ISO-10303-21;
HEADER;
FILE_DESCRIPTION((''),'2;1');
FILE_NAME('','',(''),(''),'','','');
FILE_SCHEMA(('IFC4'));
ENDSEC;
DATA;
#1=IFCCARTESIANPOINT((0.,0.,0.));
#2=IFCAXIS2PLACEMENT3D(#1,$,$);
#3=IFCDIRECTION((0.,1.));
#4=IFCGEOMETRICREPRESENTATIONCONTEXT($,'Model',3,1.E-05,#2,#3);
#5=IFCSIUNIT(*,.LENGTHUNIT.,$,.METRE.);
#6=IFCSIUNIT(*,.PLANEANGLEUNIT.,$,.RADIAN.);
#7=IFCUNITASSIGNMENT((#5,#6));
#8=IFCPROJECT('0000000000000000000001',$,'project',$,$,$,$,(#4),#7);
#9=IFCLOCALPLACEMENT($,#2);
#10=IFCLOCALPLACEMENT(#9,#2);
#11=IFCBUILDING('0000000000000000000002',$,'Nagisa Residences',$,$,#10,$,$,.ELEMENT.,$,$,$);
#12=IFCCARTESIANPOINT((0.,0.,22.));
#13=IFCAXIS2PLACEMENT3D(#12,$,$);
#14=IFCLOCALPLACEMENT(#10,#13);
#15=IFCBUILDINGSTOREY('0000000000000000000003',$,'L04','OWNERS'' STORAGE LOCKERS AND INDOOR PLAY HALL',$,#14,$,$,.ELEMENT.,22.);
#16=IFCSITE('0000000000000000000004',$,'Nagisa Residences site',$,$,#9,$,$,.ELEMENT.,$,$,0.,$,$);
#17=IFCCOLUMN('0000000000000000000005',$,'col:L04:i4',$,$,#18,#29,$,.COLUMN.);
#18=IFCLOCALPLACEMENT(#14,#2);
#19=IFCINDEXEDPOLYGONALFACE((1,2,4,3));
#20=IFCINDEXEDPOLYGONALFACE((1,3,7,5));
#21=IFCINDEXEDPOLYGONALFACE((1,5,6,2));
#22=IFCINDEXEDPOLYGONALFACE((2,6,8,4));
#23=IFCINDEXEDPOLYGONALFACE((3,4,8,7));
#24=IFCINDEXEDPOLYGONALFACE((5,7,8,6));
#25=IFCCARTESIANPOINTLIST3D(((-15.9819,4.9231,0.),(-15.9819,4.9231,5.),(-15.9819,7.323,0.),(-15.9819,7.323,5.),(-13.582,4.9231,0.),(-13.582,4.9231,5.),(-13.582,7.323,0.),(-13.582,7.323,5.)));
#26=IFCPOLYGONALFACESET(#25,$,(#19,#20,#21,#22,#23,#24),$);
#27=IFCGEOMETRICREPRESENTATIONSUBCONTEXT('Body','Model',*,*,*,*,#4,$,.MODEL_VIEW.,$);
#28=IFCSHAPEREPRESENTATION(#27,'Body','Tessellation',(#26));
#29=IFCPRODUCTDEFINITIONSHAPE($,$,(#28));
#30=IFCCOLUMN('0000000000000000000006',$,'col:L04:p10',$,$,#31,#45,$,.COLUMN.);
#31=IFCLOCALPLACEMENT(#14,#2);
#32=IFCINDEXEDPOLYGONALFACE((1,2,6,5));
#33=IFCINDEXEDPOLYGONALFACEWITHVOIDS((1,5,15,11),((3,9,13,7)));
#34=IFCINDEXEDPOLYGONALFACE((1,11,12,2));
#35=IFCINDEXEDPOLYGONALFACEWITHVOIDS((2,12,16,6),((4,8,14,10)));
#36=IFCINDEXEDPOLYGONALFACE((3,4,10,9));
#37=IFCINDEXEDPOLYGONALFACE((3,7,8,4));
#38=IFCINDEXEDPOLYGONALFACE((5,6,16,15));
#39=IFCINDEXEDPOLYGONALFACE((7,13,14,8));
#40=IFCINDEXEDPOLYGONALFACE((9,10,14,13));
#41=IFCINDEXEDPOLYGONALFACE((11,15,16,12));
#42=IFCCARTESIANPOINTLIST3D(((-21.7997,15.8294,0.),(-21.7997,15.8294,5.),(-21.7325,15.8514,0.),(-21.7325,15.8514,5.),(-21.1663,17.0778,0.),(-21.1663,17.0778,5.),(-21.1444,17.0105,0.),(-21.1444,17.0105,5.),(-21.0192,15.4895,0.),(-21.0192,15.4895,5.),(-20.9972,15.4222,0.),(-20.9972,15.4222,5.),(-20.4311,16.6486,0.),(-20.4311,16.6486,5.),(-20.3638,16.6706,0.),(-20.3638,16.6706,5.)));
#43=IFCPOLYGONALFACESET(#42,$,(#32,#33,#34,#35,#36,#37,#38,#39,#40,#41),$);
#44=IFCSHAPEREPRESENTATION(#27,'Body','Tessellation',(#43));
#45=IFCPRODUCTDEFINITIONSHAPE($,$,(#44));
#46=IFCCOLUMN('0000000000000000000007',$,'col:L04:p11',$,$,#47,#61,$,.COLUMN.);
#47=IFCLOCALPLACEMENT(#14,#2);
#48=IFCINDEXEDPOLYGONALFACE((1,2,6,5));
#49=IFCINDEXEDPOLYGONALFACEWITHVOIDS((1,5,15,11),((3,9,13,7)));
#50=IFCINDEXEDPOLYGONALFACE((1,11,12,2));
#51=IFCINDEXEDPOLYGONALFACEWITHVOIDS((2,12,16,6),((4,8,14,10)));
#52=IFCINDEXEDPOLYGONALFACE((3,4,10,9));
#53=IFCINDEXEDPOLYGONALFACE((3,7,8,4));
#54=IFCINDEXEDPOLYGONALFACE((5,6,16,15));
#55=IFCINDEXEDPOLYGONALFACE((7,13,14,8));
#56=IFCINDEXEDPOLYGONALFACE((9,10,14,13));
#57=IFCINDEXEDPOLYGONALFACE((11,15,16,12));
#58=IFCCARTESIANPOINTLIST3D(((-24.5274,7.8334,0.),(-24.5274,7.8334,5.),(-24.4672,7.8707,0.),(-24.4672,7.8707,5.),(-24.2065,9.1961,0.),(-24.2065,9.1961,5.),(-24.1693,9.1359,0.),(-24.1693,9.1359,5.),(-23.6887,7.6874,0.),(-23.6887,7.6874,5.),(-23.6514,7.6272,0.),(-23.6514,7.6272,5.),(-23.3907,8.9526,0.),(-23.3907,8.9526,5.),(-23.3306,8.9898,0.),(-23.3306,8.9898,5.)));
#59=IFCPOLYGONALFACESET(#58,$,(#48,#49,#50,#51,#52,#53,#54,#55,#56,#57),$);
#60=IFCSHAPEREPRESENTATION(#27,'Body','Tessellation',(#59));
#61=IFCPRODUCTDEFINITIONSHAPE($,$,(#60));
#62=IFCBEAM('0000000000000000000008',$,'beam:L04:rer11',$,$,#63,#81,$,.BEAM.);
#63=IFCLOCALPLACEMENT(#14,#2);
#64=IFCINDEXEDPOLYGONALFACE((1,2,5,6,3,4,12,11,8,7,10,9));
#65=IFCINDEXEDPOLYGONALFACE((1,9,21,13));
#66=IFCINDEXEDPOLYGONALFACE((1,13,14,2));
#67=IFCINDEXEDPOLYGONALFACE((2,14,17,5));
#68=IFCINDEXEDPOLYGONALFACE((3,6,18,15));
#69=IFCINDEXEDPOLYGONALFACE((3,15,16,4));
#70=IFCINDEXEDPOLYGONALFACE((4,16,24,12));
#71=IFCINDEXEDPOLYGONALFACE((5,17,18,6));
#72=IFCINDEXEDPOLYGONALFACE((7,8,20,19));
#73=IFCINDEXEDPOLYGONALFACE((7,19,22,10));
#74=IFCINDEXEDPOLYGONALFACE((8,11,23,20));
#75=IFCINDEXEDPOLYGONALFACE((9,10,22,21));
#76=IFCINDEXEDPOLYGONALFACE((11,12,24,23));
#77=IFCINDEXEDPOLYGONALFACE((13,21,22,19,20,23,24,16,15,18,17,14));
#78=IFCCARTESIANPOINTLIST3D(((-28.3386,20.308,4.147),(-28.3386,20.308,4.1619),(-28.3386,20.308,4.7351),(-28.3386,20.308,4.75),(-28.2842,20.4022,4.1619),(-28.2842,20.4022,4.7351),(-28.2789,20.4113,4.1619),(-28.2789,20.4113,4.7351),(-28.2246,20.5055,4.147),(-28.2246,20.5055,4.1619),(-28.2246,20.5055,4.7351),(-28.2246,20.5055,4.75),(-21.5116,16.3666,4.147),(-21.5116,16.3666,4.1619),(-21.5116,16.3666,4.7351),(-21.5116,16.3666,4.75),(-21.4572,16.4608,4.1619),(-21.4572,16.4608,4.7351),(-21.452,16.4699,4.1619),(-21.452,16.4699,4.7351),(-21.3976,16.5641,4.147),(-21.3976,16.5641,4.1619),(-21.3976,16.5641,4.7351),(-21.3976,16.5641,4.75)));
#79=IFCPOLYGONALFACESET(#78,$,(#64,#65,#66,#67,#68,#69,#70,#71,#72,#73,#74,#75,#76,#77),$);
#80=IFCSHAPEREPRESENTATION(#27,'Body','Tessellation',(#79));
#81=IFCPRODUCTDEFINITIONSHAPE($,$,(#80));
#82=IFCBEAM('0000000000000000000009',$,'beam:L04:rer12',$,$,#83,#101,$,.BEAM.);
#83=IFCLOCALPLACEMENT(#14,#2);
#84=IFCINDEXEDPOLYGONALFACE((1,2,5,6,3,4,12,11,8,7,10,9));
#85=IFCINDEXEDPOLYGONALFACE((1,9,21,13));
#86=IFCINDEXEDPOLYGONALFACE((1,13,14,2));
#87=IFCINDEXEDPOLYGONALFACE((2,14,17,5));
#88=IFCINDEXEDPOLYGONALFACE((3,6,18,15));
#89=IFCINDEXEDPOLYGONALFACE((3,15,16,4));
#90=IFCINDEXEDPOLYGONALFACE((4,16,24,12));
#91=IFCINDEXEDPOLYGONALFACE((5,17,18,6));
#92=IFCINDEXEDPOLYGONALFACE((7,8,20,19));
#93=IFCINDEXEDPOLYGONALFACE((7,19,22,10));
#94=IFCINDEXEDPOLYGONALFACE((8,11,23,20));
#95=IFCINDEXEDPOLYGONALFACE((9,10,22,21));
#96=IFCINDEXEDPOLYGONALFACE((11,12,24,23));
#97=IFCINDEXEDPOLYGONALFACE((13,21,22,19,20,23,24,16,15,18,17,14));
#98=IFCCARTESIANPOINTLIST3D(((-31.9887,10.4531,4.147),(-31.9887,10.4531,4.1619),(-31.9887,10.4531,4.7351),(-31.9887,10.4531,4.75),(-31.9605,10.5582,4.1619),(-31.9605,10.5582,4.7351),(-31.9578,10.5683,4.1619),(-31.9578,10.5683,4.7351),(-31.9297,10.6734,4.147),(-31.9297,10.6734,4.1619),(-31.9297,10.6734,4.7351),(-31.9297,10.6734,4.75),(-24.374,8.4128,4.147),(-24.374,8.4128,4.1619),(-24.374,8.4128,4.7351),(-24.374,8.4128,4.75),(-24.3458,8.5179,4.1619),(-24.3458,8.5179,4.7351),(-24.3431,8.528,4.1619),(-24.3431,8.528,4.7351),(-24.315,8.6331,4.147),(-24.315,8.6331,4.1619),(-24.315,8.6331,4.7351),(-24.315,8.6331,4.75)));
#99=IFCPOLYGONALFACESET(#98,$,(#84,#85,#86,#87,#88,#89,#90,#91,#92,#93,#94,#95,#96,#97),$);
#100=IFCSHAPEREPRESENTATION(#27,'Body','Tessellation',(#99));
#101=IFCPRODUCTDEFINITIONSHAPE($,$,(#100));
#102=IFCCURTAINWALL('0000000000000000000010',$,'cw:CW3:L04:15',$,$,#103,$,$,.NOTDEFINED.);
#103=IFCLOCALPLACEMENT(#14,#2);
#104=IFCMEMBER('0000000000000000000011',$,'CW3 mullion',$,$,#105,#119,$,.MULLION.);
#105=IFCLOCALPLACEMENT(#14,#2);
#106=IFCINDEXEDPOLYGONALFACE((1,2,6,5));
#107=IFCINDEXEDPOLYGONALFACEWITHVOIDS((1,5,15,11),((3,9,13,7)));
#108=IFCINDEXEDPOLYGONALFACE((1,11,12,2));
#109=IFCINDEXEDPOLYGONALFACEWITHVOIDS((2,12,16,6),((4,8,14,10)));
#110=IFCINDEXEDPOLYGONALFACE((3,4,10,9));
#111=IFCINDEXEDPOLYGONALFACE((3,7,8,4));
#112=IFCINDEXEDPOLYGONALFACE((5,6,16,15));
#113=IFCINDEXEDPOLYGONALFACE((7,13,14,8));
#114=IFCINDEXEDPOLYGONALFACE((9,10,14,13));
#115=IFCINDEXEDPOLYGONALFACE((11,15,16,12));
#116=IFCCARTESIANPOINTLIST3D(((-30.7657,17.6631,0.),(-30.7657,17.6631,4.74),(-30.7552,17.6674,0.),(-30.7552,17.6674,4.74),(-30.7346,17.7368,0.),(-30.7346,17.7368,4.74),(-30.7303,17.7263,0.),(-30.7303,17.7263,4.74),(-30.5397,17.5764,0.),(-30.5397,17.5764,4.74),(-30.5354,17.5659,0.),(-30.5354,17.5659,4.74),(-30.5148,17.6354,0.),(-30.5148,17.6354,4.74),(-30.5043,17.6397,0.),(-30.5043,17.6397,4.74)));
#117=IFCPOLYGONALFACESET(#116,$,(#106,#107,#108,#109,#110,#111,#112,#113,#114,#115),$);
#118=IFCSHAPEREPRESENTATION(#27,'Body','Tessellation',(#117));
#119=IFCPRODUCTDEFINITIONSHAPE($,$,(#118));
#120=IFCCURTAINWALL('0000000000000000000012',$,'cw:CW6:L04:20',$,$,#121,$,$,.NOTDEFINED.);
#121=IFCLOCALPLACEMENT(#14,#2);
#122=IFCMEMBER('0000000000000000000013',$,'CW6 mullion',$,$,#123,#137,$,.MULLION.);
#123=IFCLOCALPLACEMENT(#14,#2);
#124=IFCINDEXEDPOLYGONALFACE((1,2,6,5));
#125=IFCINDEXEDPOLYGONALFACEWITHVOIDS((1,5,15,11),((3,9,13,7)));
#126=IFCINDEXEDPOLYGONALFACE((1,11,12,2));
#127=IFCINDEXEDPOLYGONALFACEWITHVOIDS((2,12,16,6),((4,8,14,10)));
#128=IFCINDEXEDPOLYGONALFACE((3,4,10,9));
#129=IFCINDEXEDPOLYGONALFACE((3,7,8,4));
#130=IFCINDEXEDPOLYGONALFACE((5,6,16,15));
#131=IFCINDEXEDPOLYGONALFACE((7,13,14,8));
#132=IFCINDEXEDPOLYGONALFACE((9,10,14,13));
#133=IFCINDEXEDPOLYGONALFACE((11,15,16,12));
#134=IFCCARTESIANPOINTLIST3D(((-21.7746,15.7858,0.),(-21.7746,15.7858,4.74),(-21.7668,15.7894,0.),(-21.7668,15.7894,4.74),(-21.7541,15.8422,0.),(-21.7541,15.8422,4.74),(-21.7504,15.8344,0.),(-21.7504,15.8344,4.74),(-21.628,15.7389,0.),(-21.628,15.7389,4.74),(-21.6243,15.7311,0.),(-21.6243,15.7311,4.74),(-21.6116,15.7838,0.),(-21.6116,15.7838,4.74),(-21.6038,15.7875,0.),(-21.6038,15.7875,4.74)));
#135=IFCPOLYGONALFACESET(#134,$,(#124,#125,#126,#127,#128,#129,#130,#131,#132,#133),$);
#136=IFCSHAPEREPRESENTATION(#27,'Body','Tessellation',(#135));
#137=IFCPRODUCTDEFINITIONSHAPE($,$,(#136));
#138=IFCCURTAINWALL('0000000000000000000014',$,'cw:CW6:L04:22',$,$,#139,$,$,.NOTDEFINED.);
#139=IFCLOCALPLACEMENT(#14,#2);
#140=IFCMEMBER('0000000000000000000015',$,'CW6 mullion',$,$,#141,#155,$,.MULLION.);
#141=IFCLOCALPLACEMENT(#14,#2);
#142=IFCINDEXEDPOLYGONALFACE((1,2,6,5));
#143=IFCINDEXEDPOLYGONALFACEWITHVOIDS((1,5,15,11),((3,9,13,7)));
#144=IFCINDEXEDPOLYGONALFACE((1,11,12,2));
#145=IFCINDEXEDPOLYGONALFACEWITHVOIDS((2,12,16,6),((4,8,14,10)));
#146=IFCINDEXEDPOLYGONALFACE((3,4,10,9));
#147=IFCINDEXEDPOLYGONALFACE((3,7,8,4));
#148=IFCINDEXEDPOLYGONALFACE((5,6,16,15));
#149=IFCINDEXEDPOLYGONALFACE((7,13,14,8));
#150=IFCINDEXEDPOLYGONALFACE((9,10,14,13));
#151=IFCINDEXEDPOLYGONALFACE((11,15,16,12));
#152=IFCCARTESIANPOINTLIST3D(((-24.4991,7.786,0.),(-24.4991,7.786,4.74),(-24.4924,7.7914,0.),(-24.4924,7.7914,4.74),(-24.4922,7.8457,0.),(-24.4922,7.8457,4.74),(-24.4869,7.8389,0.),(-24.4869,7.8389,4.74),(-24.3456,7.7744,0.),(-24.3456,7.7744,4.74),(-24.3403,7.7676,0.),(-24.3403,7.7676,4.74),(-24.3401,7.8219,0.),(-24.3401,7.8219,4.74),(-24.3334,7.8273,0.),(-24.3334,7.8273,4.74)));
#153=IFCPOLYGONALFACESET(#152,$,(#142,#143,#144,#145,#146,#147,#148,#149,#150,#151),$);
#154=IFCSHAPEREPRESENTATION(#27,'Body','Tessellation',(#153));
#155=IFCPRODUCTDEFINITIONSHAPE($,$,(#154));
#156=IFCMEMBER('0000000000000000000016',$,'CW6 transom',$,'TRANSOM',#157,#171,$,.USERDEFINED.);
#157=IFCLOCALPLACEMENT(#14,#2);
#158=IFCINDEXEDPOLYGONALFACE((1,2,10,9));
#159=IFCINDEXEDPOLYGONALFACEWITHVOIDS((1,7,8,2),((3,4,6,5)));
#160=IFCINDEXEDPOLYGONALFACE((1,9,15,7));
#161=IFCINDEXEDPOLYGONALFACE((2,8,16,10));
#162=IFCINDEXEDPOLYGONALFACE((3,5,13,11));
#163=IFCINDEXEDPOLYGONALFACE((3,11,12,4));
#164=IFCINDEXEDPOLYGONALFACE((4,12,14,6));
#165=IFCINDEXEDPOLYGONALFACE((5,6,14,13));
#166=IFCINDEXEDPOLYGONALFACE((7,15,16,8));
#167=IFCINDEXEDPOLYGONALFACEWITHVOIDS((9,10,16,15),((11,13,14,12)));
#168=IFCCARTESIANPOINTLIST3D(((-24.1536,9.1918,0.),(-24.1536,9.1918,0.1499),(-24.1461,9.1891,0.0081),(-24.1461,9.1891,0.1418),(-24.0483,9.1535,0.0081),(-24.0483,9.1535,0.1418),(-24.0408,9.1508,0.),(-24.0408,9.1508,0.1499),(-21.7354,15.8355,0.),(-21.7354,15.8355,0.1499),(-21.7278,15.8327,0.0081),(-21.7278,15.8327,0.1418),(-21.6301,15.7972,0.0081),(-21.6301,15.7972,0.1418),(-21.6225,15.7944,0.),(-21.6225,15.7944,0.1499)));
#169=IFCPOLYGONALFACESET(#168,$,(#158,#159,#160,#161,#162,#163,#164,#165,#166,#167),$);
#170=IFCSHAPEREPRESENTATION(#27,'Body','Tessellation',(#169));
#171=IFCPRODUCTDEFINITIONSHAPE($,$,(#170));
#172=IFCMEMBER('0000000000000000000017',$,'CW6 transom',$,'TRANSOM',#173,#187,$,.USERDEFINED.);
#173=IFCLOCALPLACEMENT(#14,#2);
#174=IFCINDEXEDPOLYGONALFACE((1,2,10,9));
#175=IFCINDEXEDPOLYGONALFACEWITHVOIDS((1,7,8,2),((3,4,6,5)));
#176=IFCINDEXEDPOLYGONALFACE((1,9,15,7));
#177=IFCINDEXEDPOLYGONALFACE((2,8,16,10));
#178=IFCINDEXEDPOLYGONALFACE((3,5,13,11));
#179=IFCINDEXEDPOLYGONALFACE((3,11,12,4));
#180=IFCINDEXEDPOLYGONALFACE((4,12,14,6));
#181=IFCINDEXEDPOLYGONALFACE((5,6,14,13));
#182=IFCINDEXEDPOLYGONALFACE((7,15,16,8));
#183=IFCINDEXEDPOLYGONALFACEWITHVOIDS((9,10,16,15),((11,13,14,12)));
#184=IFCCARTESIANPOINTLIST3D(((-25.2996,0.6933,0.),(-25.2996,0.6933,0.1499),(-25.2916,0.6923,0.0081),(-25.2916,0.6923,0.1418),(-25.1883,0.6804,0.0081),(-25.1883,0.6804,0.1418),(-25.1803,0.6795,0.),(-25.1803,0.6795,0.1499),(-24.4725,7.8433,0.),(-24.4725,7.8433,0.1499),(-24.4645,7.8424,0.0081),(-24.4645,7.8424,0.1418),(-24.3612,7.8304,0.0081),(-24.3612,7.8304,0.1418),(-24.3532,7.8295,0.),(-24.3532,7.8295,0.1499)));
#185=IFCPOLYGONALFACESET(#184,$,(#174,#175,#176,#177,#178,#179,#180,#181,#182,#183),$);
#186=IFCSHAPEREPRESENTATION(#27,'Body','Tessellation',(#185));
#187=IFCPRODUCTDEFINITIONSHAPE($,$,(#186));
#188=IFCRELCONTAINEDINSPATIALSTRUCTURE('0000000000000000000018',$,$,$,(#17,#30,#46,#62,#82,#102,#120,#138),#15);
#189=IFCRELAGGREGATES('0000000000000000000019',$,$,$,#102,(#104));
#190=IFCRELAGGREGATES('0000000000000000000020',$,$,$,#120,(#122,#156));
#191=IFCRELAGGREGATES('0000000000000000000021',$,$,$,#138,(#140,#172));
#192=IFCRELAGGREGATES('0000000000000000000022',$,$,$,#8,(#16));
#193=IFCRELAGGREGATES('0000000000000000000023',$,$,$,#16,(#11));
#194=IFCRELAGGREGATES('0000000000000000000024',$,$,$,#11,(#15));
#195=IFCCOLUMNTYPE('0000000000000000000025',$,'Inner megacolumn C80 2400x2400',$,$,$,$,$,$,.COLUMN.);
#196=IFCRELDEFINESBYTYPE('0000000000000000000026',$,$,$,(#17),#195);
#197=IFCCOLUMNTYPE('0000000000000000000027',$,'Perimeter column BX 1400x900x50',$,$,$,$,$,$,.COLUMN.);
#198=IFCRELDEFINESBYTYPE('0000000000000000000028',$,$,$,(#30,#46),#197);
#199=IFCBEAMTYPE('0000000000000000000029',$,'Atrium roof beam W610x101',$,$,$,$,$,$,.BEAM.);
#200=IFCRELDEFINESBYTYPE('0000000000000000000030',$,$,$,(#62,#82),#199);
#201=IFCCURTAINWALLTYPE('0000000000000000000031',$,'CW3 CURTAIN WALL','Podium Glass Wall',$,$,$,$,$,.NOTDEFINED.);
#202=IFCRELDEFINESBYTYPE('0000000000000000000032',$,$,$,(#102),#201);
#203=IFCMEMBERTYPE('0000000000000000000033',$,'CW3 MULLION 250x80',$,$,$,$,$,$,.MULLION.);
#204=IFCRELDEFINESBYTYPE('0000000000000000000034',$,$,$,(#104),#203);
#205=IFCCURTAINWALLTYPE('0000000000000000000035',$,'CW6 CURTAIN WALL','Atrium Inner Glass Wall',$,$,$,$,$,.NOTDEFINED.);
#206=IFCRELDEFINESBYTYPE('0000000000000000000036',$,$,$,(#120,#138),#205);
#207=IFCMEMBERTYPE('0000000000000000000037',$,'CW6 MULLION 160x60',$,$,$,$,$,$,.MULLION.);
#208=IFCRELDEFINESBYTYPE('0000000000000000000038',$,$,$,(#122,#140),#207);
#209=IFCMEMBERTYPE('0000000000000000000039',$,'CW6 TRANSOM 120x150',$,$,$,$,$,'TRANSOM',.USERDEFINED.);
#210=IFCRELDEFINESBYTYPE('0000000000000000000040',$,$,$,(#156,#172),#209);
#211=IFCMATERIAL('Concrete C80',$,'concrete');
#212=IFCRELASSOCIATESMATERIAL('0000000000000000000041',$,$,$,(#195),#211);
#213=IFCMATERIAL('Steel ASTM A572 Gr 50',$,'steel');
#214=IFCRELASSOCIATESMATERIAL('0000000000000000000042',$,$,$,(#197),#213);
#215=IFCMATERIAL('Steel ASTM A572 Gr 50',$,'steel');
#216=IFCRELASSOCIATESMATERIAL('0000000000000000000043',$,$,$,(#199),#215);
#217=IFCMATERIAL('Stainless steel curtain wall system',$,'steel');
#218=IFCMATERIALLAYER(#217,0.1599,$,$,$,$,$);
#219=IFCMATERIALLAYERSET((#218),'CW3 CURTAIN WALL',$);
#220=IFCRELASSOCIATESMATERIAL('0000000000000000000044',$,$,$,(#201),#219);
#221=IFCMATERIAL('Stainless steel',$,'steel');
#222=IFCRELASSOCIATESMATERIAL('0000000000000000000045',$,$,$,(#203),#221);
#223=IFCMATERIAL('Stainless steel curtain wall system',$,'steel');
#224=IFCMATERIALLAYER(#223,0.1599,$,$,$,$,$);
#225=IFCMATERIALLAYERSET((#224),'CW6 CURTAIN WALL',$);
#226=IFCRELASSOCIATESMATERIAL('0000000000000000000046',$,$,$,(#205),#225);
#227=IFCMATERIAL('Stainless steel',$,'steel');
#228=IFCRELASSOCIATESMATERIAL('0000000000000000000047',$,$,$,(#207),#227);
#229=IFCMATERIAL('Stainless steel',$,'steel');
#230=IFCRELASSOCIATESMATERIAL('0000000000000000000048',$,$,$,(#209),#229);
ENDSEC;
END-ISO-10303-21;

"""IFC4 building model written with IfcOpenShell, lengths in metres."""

from ifc_helpers import new_model, si_unit, direction, frame, origin, origin_2d, place, context, subcontext, project, spatial, rectangle, hollow_rectangle, i_section, extrude, material, layer, layer_set, material_profile, profile_set, type_object, element, aggregate, save


model = new_model("IFC4")

# Units and contexts
model_context = context("Model", 3, precision=1e-05, world=origin(), true_north=direction((0.0, 1.0)))
body_context = subcontext(model_context, "Body", "Model", "MODEL_VIEW")
ifc_project = project(units=[si_unit("LENGTHUNIT", "METRE"), si_unit("PLANEANGLEUNIT", "RADIAN")], contexts=[model_context])

# Site, building, storey
site_placement = place(None, origin())
site = spatial("IfcSite", under=ifc_project, at=site_placement, Name="Nagisa Residences site", CompositionType="ELEMENT", RefElevation=0.0)
building_placement = place(site_placement, origin())
building = spatial("IfcBuilding", under=site, at=building_placement, Name="Nagisa Residences", CompositionType="ELEMENT")
storey_placement = place(building_placement, frame((0.0, 0.0, 22.0)))
storey = spatial("IfcBuildingStorey", under=building, at=storey_placement, Name="L04", Description="OWNERS' STORAGE LOCKERS AND INDOOR PLAY HALL", CompositionType="ELEMENT", Elevation=22.0)

# Columns
ifc_material_1 = material(Name="Concrete C80", Category="concrete")
ifc_material_profile_1 = material_profile(ifc_material_1, rectangle(XDim=2.3999, YDim=2.3999, at=origin_2d()), Name="C80 2400x2400")
ifc_profile_set_1 = profile_set([ifc_material_profile_1], Name="Concrete C80")
column_type_1 = type_object("IfcColumnType", Name="Inner megacolumn C80 2400x2400", PredefinedType="COLUMN", material=ifc_profile_set_1)
column_placement = place(storey_placement, frame((-14.782, 6.123, 0.0), z_axis=(0.0, 0.0, 1.0), x_axis=(1.0, 0.0, 0.0)))
element("IfcColumn", 1, at=column_placement, inside=storey, type_object=column_type_1, Name="col:L04:i4", PredefinedType="COLUMN", context=body_context, shape_type="SweptSolid", body=[
    extrude(rectangle(XDim=2.3999, YDim=2.3999, at=origin_2d()), origin(), (0.0, 0.0, 1.0), 5.0),
])
ifc_material_2 = material(Name="Steel ASTM A572 Gr 50", Category="steel")
ifc_material_profile_2 = material_profile(ifc_material_2, hollow_rectangle(XDim=1.3999, YDim=0.8999, WallThickness=0.05, at=origin_2d()), Name="BX 1400x900x50")
ifc_profile_set_2 = profile_set([ifc_material_profile_2], Name="Steel ASTM A572 Gr 50")
column_type_2 = type_object("IfcColumnType", Name="Perimeter column BX 1400x900x50", PredefinedType="COLUMN", material=ifc_profile_set_2)
for number, where, z_axis, x_axis, name in (
    (2, (-21.0818, 16.25, 0.0), (0.0, 0.0, 1.0), (-0.452463, -0.891783, 0.0), "col:L04:p10"),
    (3, (-23.929, 8.4116, 0.0), (0.0, 0.0, 1.0), (-0.229202, -0.973379, 0.0), "col:L04:p11"),
):
    element("IfcColumn", number, at=place(storey_placement, frame(where, z_axis=z_axis, x_axis=x_axis)), inside=storey, type_object=column_type_2, Name=name, PredefinedType="COLUMN", context=body_context, shape_type="SweptSolid", body=[
        extrude(hollow_rectangle(XDim=1.3999, YDim=0.8999, WallThickness=0.05, at=origin_2d()), origin(), (0.0, 0.0, 1.0), 5.0),
    ])

# Beams
ifc_material_3 = material(Name="Steel ASTM A572 Gr 50", Category="steel")
ifc_material_profile_3 = material_profile(ifc_material_3, i_section(OverallWidth=0.228, OverallDepth=0.603, WebThickness=0.0105, FlangeThickness=0.0149, at=origin_2d()), Name="W610x101")
ifc_profile_set_3 = profile_set([ifc_material_profile_3], Name="Steel ASTM A572 Gr 50")
beam_type_1 = type_object("IfcBeamType", Name="Atrium roof beam W610x101", PredefinedType="BEAM", material=ifc_profile_set_3)
beam_1_placement = place(storey_placement, frame((-21.4546, 16.4653, 4.4485), z_axis=(-0.866031, 0.49999, 0.0), x_axis=(-0.49999, -0.866031, 0.0)))
element("IfcBeam", 4, at=beam_1_placement, inside=storey, type_object=beam_type_1, Name="beam:L04:rer11", PredefinedType="BEAM", context=body_context, shape_type="SweptSolid", body=[
    extrude(i_section(OverallWidth=0.228, OverallDepth=0.603, WebThickness=0.0105, FlangeThickness=0.0149, at=origin_2d()), origin(), (0.0, 0.0, 1.0), 7.8831),
])
beam_2_placement = place(storey_placement, frame((-24.3445, 8.5229, 4.4485), z_axis=(-0.965928, 0.258809, 0.0), x_axis=(-0.258809, -0.965928, 0.0)))
element("IfcBeam", 5, at=beam_2_placement, inside=storey, type_object=beam_type_1, Name="beam:L04:rer12", PredefinedType="BEAM", context=body_context, shape_type="SweptSolid", body=[
    extrude(i_section(OverallWidth=0.228, OverallDepth=0.603, WebThickness=0.0105, FlangeThickness=0.0149, at=origin_2d()), origin(), (0.0, 0.0, 1.0), 7.8833),
])

# Curtain walls, members
ifc_material_4 = material(Name="Stainless steel curtain wall system", Category="steel")
ifc_layer_1 = layer(ifc_material_4, 0.1599)
ifc_layer_set_1 = layer_set([ifc_layer_1], Name="CW3 CURTAIN WALL")
curtain_wall_type_1 = type_object("IfcCurtainWallType", Name="CW3 CURTAIN WALL", Description="Podium Glass Wall", PredefinedType="NOTDEFINED", material=ifc_layer_set_1)
curtain_wall_1_placement = place(storey_placement, origin())
curtain_wall_1 = element("IfcCurtainWall", 6, at=curtain_wall_1_placement, inside=storey, type_object=curtain_wall_type_1, Name="cw:CW3:L04:15", PredefinedType="NOTDEFINED")
ifc_material_5 = material(Name="Stainless steel", Category="steel")
ifc_material_profile_4 = material_profile(ifc_material_5, hollow_rectangle(XDim=0.25, YDim=0.0801, WallThickness=0.0081, at=origin_2d()), Name="CW3 MULLION 250x80")
ifc_profile_set_4 = profile_set([ifc_material_profile_4], Name="Stainless steel")
member_type_1 = type_object("IfcMemberType", Name="CW3 MULLION 250x80", PredefinedType="MULLION", material=ifc_profile_set_4)
member_1_placement = place(storey_placement, frame((-30.635, 17.6514, 0.0), z_axis=(0.0, 0.0, 1.0), x_axis=(0.921357, -0.388718, 0.0)))
member_1 = element("IfcMember", 7, at=member_1_placement, type_object=member_type_1, Name="CW3 mullion", PredefinedType="MULLION", context=body_context, shape_type="SweptSolid", body=[
    extrude(hollow_rectangle(XDim=0.25, YDim=0.0801, WallThickness=0.0081, at=origin_2d()), origin(), (0.0, 0.0, 1.0), 4.74),
])
ifc_material_6 = material(Name="Stainless steel curtain wall system", Category="steel")
ifc_layer_2 = layer(ifc_material_6, 0.1599)
ifc_layer_set_2 = layer_set([ifc_layer_2], Name="CW6 CURTAIN WALL")
curtain_wall_type_2 = type_object("IfcCurtainWallType", Name="CW6 CURTAIN WALL", Description="Atrium Inner Glass Wall", PredefinedType="NOTDEFINED", material=ifc_layer_set_2)
curtain_wall_2_placement = place(storey_placement, origin())
curtain_wall_2 = element("IfcCurtainWall", 8, at=curtain_wall_2_placement, inside=storey, type_object=curtain_wall_type_2, Name="cw:CW6:L04:20", PredefinedType="NOTDEFINED")
ifc_material_7 = material(Name="Stainless steel", Category="steel")
ifc_material_profile_5 = material_profile(ifc_material_7, hollow_rectangle(XDim=0.1599, YDim=0.0601, WallThickness=0.0061, at=origin_2d()), Name="CW6 MULLION 160x60")
ifc_profile_set_5 = profile_set([ifc_material_profile_5], Name="Stainless steel")
member_type_2 = type_object("IfcMemberType", Name="CW6 MULLION 160x60", PredefinedType="MULLION", material=ifc_profile_set_5)
member_2_placement = place(storey_placement, frame((-21.6892, 15.7866, 0.0), z_axis=(0.0, 0.0, 1.0), x_axis=(0.939682, -0.34205, 0.0)))
member_2 = element("IfcMember", 9, at=member_2_placement, type_object=member_type_2, Name="CW6 mullion", PredefinedType="MULLION", context=body_context, shape_type="SweptSolid", body=[
    extrude(hollow_rectangle(XDim=0.1599, YDim=0.0601, WallThickness=0.0061, at=origin_2d()), origin(), (0.0, 0.0, 1.0), 4.74),
])
curtain_wall_3_placement = place(storey_placement, origin())
curtain_wall_3 = element("IfcCurtainWall", 10, at=curtain_wall_3_placement, inside=storey, type_object=curtain_wall_type_2, Name="cw:CW6:L04:22", PredefinedType="NOTDEFINED")
member_3_placement = place(storey_placement, frame((-24.4163, 7.8066, 0.0), z_axis=(0.0, 0.0, 1.0), x_axis=(0.993374, -0.114928, 0.0)))
member_3 = element("IfcMember", 11, at=member_3_placement, type_object=member_type_2, Name="CW6 mullion", PredefinedType="MULLION", context=body_context, shape_type="SweptSolid", body=[
    extrude(hollow_rectangle(XDim=0.1599, YDim=0.0601, WallThickness=0.0061, at=origin_2d()), origin(), (0.0, 0.0, 1.0), 4.74),
])

# Members
ifc_material_8 = material(Name="Stainless steel", Category="steel")
ifc_material_profile_6 = material_profile(ifc_material_8, hollow_rectangle(XDim=0.1201, YDim=0.1499, WallThickness=0.0081, at=origin_2d()), Name="CW6 TRANSOM 120x150")
ifc_profile_set_6 = profile_set([ifc_material_profile_6], Name="Stainless steel")
member_type_3 = type_object("IfcMemberType", Name="CW6 TRANSOM 120x150", ElementType="TRANSOM", PredefinedType="USERDEFINED", material=ifc_profile_set_6)
member_4_placement = place(storey_placement, frame((-21.679, 15.8149, 0.075), z_axis=(-0.34204, -0.939685, 0.0), x_axis=(0.939685, -0.34204, 0.0)))
member_4 = element("IfcMember", 12, at=member_4_placement, type_object=member_type_3, Name="CW6 transom", ObjectType="TRANSOM", PredefinedType="USERDEFINED", context=body_context, shape_type="SweptSolid", body=[
    extrude(hollow_rectangle(XDim=0.1201, YDim=0.1499, WallThickness=0.0081, at=origin_2d()), origin(), (0.0, 0.0, 1.0), 7.0701),
])
member_5_placement = place(storey_placement, frame((-24.4128, 7.8364, 0.075), z_axis=(-0.114916, -0.993375, 0.0), x_axis=(0.993375, -0.114916, 0.0)))
member_5 = element("IfcMember", 13, at=member_5_placement, type_object=member_type_3, Name="CW6 transom", ObjectType="TRANSOM", PredefinedType="USERDEFINED", context=body_context, shape_type="SweptSolid", body=[
    extrude(hollow_rectangle(XDim=0.1201, YDim=0.1499, WallThickness=0.0081, at=origin_2d()), origin(), (0.0, 0.0, 1.0), 7.1978),
])

aggregate(curtain_wall_1, [member_1])
aggregate(curtain_wall_2, [member_2, member_4])
aggregate(curtain_wall_3, [member_3, member_5])

save(model, "model.ifc")
